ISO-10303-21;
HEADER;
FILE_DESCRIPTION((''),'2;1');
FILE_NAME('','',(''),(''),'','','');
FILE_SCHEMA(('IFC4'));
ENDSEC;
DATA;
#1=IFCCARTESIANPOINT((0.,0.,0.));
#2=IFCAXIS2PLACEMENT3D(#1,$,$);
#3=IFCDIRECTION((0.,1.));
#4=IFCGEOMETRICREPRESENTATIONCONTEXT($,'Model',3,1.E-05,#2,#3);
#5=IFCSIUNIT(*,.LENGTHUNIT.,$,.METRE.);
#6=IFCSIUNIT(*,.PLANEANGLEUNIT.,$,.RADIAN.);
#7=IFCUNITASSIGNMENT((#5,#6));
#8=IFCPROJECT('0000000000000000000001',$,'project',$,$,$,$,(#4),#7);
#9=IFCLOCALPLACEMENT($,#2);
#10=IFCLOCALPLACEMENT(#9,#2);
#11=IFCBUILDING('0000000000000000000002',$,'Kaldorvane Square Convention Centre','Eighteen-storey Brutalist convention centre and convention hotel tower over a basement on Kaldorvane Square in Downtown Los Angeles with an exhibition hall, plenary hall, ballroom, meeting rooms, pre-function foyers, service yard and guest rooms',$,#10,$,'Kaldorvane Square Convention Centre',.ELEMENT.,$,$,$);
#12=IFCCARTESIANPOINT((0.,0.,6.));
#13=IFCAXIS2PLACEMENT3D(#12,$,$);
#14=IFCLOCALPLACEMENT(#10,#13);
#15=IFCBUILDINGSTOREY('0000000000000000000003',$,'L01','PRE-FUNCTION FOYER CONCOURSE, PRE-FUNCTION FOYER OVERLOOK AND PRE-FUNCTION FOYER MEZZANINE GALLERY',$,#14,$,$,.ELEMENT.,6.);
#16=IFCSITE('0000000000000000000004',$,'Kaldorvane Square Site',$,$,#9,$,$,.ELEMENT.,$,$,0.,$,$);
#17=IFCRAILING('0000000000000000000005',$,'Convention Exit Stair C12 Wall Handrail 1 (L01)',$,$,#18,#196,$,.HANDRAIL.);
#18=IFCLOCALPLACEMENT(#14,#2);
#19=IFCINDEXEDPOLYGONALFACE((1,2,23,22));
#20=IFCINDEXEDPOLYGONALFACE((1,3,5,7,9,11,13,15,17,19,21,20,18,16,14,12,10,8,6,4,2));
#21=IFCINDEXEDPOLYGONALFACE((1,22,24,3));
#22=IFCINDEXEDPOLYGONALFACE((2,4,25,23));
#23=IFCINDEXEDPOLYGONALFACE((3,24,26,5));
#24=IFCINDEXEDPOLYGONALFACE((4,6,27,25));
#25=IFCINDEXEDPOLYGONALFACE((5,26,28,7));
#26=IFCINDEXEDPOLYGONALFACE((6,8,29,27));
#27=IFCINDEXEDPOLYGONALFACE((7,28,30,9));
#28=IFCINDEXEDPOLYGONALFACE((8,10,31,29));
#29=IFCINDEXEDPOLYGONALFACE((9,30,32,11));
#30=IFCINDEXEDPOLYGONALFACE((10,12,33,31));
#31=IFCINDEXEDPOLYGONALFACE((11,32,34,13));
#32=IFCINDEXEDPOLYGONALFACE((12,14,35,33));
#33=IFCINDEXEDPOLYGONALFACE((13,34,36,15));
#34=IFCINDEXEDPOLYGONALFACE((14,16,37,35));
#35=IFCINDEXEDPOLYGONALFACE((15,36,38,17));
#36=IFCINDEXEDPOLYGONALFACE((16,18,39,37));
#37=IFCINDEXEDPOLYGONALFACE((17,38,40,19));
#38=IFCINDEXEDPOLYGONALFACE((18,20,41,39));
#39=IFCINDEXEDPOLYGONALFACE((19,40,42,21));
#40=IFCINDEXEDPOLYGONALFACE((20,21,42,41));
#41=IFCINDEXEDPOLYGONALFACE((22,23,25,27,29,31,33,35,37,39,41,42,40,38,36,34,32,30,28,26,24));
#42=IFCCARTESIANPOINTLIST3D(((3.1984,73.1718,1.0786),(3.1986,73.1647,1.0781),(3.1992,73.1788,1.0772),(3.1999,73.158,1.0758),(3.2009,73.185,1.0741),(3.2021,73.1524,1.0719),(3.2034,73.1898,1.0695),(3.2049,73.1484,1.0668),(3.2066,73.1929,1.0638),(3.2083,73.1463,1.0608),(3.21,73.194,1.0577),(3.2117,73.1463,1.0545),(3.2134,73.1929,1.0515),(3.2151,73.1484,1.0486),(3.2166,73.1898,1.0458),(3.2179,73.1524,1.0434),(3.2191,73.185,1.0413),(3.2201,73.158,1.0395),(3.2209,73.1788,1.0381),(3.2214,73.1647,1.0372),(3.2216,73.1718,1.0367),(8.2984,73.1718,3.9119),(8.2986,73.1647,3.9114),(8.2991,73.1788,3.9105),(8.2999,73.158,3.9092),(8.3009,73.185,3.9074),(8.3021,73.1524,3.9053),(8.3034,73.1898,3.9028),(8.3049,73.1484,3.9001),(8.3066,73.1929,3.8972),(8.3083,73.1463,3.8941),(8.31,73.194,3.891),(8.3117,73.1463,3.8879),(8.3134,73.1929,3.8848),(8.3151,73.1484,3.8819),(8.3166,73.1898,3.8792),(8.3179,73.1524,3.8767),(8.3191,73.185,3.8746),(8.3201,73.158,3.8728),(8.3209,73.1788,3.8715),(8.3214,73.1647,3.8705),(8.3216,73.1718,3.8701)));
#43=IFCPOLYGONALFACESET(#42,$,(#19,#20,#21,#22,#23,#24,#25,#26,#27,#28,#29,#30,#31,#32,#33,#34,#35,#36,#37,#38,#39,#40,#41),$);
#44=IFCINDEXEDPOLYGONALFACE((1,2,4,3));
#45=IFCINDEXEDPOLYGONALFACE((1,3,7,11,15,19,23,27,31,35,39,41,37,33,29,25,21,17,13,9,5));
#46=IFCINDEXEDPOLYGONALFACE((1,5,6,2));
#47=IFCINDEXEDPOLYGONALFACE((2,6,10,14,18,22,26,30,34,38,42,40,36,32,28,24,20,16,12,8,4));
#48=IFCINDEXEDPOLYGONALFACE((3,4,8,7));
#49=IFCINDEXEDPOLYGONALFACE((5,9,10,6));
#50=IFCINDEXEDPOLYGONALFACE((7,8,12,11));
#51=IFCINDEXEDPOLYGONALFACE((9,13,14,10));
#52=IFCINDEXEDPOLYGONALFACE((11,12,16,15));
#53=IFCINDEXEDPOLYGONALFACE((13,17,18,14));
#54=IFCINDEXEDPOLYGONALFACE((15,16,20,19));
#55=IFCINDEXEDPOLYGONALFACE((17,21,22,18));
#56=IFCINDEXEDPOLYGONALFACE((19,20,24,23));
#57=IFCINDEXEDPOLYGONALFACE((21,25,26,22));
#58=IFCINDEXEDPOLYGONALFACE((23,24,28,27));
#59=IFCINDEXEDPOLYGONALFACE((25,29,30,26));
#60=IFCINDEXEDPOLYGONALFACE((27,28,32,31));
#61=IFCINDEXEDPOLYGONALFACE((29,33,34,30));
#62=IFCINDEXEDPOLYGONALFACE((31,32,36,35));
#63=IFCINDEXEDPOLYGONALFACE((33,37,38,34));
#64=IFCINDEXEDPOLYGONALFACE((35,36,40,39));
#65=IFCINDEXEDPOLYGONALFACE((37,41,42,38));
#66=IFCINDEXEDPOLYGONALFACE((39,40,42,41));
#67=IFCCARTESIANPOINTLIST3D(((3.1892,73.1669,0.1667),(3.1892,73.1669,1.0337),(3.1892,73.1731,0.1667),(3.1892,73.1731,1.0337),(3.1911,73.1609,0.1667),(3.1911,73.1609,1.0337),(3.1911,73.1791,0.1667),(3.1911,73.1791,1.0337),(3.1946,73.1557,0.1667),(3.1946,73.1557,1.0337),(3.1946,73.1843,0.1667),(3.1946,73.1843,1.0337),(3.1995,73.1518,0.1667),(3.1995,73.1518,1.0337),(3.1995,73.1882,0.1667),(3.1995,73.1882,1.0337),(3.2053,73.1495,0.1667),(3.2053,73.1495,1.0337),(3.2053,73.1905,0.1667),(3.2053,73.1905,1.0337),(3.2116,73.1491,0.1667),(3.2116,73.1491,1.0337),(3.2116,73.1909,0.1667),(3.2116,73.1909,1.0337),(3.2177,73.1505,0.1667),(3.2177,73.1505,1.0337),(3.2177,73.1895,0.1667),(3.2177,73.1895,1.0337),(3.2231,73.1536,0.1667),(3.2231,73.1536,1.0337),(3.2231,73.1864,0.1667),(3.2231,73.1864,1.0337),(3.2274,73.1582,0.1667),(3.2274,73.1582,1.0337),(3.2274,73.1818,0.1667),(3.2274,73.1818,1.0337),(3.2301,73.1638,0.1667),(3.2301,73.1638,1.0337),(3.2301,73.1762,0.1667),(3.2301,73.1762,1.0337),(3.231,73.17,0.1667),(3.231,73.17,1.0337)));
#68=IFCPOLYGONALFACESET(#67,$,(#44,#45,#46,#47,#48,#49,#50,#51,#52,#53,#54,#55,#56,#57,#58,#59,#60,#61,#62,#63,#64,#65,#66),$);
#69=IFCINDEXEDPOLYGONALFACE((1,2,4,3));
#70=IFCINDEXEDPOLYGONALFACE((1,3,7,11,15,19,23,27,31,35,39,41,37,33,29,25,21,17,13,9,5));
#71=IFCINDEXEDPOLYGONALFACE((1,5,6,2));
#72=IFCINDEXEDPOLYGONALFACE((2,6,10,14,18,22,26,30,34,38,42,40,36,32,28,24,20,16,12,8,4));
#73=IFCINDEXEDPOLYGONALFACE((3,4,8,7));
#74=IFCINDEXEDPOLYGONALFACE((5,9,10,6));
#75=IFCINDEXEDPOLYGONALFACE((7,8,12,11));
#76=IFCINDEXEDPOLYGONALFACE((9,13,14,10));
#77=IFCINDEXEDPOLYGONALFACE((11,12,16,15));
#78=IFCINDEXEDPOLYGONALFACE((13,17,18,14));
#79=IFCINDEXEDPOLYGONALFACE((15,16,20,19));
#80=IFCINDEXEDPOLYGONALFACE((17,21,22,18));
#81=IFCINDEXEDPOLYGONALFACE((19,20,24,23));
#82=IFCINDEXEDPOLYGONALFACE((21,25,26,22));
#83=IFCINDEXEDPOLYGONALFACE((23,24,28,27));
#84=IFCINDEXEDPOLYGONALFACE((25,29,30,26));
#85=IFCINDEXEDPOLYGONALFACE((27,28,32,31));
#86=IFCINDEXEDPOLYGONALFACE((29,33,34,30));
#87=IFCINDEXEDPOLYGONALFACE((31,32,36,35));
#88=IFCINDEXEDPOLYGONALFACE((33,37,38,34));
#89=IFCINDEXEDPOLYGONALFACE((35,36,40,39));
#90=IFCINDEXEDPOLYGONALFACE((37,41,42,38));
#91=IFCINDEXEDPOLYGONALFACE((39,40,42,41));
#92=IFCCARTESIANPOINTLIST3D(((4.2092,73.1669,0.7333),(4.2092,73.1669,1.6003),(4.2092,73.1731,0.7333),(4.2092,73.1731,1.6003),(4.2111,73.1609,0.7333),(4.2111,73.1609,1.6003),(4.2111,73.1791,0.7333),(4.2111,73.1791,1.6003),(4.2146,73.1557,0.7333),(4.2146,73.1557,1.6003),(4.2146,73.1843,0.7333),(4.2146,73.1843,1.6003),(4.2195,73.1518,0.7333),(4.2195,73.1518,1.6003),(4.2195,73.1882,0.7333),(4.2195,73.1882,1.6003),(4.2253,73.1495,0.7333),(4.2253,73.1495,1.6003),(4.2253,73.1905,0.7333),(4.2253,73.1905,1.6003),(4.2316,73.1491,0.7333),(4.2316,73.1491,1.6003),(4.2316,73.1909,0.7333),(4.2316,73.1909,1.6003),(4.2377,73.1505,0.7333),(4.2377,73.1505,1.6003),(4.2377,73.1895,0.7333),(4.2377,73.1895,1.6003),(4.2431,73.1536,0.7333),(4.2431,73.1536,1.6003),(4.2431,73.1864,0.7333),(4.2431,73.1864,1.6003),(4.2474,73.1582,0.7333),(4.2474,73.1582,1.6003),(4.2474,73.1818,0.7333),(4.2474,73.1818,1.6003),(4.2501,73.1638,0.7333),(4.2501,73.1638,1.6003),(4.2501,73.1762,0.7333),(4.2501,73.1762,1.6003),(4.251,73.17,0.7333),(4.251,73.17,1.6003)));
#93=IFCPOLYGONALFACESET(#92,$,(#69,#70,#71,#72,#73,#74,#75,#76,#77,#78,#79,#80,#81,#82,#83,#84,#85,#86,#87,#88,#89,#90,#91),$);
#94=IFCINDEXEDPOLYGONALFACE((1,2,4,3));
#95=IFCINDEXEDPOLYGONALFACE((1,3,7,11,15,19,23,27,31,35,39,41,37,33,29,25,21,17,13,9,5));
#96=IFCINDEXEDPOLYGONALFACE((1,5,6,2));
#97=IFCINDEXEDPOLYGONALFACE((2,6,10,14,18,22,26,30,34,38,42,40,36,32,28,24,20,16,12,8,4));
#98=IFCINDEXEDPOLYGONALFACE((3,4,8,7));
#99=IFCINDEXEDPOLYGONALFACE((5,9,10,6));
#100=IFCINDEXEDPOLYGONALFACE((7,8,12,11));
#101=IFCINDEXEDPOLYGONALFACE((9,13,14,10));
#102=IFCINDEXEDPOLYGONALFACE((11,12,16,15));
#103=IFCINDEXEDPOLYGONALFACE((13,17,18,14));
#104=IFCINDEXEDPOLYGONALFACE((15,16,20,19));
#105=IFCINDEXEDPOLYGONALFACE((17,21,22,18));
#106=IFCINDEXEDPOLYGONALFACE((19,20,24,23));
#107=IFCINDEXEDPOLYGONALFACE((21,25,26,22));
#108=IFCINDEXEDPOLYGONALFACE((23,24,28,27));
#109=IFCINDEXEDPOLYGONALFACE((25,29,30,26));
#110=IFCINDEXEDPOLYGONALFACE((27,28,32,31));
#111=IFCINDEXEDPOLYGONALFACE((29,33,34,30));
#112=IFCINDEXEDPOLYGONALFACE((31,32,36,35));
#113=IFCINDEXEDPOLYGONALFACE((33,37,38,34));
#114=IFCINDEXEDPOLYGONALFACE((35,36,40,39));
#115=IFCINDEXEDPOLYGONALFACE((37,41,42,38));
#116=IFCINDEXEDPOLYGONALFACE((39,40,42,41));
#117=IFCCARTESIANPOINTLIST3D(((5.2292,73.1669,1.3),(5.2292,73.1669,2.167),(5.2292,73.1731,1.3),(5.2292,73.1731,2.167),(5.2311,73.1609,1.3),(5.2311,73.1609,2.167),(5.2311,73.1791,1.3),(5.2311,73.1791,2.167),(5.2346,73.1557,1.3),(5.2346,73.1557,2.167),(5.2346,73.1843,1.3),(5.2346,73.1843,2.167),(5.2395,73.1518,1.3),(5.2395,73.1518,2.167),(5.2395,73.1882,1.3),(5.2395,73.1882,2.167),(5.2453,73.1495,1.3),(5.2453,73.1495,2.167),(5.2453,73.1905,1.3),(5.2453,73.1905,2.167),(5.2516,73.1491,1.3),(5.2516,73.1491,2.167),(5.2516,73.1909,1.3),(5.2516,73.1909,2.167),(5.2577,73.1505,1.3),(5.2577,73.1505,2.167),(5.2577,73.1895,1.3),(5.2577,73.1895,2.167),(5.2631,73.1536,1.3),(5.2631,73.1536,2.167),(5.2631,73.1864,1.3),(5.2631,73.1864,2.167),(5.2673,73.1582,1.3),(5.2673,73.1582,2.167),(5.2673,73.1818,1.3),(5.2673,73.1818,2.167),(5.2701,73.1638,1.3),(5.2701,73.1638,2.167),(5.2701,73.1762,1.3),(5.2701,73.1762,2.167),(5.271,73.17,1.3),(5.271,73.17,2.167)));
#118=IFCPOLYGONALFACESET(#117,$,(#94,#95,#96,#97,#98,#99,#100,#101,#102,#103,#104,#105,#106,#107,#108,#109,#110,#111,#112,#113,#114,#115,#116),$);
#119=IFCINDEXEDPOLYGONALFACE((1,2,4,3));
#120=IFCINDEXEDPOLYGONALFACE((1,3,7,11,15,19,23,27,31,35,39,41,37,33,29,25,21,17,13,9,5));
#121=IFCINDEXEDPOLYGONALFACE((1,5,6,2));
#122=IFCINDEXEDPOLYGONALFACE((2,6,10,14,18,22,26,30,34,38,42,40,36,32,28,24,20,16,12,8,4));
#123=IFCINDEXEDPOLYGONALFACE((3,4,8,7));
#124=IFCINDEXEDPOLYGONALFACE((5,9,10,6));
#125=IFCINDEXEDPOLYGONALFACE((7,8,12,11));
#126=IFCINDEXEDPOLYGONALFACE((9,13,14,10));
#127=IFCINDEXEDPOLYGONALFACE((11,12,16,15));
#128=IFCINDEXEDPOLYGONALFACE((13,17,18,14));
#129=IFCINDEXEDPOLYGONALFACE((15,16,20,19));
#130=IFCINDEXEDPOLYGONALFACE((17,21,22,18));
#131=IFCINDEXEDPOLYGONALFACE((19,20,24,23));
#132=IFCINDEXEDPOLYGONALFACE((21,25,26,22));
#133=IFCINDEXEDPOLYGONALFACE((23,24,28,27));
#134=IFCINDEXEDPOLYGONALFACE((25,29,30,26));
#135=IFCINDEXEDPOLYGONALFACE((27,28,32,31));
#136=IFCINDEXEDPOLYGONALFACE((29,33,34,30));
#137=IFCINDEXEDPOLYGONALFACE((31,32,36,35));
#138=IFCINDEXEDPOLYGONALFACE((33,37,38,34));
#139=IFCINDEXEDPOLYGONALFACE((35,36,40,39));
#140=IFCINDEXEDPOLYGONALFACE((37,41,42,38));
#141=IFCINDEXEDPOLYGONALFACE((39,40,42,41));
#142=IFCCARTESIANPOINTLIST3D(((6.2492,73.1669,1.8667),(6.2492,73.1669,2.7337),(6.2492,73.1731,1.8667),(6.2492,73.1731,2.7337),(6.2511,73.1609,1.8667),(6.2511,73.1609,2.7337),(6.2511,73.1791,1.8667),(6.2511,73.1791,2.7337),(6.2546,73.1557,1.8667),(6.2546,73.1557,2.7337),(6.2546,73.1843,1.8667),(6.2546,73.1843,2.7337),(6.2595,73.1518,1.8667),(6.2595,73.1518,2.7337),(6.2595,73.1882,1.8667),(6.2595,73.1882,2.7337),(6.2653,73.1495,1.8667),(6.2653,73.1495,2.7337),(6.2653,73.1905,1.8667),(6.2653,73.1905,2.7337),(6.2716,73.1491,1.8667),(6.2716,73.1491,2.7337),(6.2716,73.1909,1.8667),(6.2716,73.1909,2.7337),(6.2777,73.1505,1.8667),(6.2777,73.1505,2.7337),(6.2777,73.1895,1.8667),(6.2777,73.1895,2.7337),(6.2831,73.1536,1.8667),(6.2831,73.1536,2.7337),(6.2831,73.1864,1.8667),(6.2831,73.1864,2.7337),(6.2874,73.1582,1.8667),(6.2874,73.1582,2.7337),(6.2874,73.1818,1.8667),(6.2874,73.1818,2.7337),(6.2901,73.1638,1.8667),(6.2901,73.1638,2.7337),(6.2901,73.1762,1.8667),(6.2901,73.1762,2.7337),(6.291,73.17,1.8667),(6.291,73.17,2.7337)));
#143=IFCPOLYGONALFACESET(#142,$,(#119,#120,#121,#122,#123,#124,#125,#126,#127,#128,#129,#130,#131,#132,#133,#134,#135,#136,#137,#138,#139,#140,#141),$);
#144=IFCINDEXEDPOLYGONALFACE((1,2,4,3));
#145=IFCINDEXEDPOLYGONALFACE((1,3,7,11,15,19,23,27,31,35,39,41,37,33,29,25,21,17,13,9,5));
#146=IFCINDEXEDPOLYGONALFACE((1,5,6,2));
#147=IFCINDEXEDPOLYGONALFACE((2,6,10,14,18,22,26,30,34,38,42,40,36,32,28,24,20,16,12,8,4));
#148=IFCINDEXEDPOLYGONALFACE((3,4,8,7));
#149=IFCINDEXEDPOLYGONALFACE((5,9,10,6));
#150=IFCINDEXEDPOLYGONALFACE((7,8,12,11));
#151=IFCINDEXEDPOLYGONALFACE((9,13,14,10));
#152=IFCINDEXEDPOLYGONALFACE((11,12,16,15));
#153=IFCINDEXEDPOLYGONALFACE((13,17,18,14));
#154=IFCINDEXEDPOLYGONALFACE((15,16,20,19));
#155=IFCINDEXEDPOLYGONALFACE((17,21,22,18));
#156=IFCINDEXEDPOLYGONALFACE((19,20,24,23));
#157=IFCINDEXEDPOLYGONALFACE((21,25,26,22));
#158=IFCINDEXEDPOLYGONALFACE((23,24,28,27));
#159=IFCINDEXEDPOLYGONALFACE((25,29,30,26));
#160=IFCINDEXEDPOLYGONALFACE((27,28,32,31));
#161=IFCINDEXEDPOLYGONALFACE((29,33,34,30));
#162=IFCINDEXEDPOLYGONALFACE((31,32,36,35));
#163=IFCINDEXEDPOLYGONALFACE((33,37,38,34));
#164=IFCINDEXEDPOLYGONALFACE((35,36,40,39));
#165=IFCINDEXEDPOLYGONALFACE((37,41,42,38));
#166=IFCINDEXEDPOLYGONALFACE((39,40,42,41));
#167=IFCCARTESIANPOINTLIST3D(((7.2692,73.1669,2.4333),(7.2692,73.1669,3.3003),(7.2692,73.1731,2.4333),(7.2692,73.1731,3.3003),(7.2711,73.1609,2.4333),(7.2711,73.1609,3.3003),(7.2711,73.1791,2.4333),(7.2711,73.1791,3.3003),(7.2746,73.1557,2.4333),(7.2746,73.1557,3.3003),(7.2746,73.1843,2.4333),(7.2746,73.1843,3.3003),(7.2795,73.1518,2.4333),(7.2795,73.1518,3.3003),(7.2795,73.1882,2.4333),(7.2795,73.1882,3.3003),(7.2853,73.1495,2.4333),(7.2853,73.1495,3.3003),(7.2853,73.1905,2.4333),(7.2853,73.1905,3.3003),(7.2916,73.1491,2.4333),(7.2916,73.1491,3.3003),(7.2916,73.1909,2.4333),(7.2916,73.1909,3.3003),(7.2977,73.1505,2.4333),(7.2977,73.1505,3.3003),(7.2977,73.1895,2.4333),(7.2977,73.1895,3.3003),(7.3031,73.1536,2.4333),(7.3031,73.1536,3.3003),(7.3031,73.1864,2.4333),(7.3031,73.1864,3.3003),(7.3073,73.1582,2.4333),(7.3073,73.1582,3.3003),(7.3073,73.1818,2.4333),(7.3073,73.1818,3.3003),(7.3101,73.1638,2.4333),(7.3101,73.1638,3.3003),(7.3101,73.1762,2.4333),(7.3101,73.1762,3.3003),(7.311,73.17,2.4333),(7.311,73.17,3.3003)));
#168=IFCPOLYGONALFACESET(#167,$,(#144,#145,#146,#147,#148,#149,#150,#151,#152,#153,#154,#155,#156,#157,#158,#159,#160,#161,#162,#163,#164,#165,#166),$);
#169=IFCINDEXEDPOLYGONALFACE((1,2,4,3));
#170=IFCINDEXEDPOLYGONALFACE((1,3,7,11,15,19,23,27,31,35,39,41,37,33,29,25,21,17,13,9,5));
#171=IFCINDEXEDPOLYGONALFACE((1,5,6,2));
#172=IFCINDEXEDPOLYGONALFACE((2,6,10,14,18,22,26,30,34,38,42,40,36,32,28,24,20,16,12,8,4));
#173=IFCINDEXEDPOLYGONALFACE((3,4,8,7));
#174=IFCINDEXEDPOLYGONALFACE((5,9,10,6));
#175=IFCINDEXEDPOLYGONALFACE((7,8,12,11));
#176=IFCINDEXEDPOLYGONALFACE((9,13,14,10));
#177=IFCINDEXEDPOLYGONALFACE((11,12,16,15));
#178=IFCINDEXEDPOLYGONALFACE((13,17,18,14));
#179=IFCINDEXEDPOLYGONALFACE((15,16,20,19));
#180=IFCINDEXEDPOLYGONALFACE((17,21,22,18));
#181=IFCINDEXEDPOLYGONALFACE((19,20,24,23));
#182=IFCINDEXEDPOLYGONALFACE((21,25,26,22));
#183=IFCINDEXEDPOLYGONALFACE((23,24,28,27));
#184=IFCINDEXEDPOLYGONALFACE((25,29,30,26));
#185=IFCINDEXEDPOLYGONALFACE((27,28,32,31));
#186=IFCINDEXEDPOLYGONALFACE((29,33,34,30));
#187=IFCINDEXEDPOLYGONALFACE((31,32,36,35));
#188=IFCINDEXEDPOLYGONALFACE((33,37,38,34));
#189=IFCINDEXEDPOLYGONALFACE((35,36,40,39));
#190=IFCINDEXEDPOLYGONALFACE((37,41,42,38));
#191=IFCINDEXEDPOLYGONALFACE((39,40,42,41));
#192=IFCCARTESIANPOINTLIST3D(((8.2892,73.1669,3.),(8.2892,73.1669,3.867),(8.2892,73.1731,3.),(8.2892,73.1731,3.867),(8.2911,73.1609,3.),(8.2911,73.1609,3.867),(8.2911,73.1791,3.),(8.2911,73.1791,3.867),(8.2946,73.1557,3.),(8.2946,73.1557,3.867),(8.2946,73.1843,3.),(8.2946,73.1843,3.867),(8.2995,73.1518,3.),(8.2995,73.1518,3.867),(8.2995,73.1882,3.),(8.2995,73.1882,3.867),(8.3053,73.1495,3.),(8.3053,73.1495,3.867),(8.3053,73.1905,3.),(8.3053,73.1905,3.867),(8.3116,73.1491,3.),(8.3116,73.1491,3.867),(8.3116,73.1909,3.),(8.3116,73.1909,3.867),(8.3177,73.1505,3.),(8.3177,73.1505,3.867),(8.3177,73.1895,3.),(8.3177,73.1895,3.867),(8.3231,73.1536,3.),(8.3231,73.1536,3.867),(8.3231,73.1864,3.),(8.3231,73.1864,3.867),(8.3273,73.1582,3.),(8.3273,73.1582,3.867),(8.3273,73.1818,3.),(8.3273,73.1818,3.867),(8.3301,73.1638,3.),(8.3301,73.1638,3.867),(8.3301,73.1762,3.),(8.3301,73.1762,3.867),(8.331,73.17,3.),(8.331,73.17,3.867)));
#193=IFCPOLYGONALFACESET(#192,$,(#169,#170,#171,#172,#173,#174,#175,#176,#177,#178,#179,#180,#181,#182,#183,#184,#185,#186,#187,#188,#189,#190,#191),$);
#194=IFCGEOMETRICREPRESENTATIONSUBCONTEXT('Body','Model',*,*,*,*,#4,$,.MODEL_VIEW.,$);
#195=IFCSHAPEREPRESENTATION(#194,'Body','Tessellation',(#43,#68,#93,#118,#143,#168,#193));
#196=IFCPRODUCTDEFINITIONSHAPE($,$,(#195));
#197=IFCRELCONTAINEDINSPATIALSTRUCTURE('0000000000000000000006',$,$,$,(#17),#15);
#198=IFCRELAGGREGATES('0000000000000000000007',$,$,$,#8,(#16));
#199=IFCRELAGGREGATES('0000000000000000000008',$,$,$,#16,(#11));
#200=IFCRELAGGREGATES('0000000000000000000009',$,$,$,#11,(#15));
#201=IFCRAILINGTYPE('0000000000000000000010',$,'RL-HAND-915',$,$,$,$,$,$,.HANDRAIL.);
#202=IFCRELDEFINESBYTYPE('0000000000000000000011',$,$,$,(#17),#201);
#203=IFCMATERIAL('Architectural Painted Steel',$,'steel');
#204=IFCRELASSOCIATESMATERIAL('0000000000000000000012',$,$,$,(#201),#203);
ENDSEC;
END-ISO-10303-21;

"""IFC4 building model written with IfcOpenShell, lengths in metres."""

from ifc_helpers import new_model, si_unit, direction, frame, origin, origin_2d, place, context, subcontext, project, spatial, circle, extrude, material, type_object, element, save


model = new_model("IFC4")

# Units and contexts
model_context = context("Model", 3, precision=1e-05, world=origin(), true_north=direction((0.0, 1.0)))
body_context = subcontext(model_context, "Body", "Model", "MODEL_VIEW")
ifc_project = project(units=[si_unit("LENGTHUNIT", "METRE"), si_unit("PLANEANGLEUNIT", "RADIAN")], contexts=[model_context])

# Site, building, storey
site_placement = place(None, origin())
site = spatial("IfcSite", under=ifc_project, at=site_placement, Name="Kaldorvane Square Site", CompositionType="ELEMENT", RefElevation=0.0)
building_placement = place(site_placement, origin())
building = spatial("IfcBuilding", under=site, at=building_placement, Name="Kaldorvane Square Convention Centre", Description="Eighteen-storey Brutalist convention centre and convention hotel tower over a basement on Kaldorvane Square in Downtown Los Angeles with an exhibition hall, plenary hall, ballroom, meeting rooms, pre-function foyers, service yard and guest rooms", LongName="Kaldorvane Square Convention Centre", CompositionType="ELEMENT")
storey_placement = place(building_placement, frame((0.0, 0.0, 6.0)))
storey = spatial("IfcBuildingStorey", under=building, at=storey_placement, Name="L01", Description="PRE-FUNCTION FOYER CONCOURSE, PRE-FUNCTION FOYER OVERLOOK AND PRE-FUNCTION FOYER MEZZANINE GALLERY", CompositionType="ELEMENT", Elevation=6.0)

# Railing
ifc_material_1 = material(Name="Architectural Painted Steel", Category="steel")
railing_type_1 = type_object("IfcRailingType", Name="RL-HAND-915", PredefinedType="HANDRAIL", material=ifc_material_1)
railing_1_placement = place(storey_placement, frame((3.21, 73.17, 0.1667)))
element("IfcRailing", 1, at=railing_1_placement, inside=storey, type_object=railing_type_1, Name="Convention Exit Stair C12 Wall Handrail 1 (L01)", PredefinedType="HANDRAIL", context=body_context, shape_type="SweptSolid", body=[
    extrude(circle(Radius=0.024, at=origin_2d()), frame((0.0, 0.0, 0.891), z_axis=(0.874157, 0.0, 0.485643), x_axis=(0.0, 1.0, 0.0)), (0.0, 0.0, 1.0), 5.8342),
    extrude(circle(Radius=0.021, at=origin_2d()), origin(), (0.0, 0.0, 1.0), 0.867),
    extrude(circle(Radius=0.021, at=origin_2d()), frame((1.02, 0.0, 0.5667)), (0.0, 0.0, 1.0), 0.867),
    extrude(circle(Radius=0.021, at=origin_2d()), frame((2.04, 0.0, 1.1333)), (0.0, 0.0, 1.0), 0.867),
    extrude(circle(Radius=0.021, at=origin_2d()), frame((3.06, 0.0, 1.7)), (0.0, 0.0, 1.0), 0.867),
    extrude(circle(Radius=0.021, at=origin_2d()), frame((4.08, 0.0, 2.2667)), (0.0, 0.0, 1.0), 0.867),
    extrude(circle(Radius=0.021, at=origin_2d()), frame((5.1, 0.0, 2.8333)), (0.0, 0.0, 1.0), 0.867),
])

save(model, "model.ifc")
